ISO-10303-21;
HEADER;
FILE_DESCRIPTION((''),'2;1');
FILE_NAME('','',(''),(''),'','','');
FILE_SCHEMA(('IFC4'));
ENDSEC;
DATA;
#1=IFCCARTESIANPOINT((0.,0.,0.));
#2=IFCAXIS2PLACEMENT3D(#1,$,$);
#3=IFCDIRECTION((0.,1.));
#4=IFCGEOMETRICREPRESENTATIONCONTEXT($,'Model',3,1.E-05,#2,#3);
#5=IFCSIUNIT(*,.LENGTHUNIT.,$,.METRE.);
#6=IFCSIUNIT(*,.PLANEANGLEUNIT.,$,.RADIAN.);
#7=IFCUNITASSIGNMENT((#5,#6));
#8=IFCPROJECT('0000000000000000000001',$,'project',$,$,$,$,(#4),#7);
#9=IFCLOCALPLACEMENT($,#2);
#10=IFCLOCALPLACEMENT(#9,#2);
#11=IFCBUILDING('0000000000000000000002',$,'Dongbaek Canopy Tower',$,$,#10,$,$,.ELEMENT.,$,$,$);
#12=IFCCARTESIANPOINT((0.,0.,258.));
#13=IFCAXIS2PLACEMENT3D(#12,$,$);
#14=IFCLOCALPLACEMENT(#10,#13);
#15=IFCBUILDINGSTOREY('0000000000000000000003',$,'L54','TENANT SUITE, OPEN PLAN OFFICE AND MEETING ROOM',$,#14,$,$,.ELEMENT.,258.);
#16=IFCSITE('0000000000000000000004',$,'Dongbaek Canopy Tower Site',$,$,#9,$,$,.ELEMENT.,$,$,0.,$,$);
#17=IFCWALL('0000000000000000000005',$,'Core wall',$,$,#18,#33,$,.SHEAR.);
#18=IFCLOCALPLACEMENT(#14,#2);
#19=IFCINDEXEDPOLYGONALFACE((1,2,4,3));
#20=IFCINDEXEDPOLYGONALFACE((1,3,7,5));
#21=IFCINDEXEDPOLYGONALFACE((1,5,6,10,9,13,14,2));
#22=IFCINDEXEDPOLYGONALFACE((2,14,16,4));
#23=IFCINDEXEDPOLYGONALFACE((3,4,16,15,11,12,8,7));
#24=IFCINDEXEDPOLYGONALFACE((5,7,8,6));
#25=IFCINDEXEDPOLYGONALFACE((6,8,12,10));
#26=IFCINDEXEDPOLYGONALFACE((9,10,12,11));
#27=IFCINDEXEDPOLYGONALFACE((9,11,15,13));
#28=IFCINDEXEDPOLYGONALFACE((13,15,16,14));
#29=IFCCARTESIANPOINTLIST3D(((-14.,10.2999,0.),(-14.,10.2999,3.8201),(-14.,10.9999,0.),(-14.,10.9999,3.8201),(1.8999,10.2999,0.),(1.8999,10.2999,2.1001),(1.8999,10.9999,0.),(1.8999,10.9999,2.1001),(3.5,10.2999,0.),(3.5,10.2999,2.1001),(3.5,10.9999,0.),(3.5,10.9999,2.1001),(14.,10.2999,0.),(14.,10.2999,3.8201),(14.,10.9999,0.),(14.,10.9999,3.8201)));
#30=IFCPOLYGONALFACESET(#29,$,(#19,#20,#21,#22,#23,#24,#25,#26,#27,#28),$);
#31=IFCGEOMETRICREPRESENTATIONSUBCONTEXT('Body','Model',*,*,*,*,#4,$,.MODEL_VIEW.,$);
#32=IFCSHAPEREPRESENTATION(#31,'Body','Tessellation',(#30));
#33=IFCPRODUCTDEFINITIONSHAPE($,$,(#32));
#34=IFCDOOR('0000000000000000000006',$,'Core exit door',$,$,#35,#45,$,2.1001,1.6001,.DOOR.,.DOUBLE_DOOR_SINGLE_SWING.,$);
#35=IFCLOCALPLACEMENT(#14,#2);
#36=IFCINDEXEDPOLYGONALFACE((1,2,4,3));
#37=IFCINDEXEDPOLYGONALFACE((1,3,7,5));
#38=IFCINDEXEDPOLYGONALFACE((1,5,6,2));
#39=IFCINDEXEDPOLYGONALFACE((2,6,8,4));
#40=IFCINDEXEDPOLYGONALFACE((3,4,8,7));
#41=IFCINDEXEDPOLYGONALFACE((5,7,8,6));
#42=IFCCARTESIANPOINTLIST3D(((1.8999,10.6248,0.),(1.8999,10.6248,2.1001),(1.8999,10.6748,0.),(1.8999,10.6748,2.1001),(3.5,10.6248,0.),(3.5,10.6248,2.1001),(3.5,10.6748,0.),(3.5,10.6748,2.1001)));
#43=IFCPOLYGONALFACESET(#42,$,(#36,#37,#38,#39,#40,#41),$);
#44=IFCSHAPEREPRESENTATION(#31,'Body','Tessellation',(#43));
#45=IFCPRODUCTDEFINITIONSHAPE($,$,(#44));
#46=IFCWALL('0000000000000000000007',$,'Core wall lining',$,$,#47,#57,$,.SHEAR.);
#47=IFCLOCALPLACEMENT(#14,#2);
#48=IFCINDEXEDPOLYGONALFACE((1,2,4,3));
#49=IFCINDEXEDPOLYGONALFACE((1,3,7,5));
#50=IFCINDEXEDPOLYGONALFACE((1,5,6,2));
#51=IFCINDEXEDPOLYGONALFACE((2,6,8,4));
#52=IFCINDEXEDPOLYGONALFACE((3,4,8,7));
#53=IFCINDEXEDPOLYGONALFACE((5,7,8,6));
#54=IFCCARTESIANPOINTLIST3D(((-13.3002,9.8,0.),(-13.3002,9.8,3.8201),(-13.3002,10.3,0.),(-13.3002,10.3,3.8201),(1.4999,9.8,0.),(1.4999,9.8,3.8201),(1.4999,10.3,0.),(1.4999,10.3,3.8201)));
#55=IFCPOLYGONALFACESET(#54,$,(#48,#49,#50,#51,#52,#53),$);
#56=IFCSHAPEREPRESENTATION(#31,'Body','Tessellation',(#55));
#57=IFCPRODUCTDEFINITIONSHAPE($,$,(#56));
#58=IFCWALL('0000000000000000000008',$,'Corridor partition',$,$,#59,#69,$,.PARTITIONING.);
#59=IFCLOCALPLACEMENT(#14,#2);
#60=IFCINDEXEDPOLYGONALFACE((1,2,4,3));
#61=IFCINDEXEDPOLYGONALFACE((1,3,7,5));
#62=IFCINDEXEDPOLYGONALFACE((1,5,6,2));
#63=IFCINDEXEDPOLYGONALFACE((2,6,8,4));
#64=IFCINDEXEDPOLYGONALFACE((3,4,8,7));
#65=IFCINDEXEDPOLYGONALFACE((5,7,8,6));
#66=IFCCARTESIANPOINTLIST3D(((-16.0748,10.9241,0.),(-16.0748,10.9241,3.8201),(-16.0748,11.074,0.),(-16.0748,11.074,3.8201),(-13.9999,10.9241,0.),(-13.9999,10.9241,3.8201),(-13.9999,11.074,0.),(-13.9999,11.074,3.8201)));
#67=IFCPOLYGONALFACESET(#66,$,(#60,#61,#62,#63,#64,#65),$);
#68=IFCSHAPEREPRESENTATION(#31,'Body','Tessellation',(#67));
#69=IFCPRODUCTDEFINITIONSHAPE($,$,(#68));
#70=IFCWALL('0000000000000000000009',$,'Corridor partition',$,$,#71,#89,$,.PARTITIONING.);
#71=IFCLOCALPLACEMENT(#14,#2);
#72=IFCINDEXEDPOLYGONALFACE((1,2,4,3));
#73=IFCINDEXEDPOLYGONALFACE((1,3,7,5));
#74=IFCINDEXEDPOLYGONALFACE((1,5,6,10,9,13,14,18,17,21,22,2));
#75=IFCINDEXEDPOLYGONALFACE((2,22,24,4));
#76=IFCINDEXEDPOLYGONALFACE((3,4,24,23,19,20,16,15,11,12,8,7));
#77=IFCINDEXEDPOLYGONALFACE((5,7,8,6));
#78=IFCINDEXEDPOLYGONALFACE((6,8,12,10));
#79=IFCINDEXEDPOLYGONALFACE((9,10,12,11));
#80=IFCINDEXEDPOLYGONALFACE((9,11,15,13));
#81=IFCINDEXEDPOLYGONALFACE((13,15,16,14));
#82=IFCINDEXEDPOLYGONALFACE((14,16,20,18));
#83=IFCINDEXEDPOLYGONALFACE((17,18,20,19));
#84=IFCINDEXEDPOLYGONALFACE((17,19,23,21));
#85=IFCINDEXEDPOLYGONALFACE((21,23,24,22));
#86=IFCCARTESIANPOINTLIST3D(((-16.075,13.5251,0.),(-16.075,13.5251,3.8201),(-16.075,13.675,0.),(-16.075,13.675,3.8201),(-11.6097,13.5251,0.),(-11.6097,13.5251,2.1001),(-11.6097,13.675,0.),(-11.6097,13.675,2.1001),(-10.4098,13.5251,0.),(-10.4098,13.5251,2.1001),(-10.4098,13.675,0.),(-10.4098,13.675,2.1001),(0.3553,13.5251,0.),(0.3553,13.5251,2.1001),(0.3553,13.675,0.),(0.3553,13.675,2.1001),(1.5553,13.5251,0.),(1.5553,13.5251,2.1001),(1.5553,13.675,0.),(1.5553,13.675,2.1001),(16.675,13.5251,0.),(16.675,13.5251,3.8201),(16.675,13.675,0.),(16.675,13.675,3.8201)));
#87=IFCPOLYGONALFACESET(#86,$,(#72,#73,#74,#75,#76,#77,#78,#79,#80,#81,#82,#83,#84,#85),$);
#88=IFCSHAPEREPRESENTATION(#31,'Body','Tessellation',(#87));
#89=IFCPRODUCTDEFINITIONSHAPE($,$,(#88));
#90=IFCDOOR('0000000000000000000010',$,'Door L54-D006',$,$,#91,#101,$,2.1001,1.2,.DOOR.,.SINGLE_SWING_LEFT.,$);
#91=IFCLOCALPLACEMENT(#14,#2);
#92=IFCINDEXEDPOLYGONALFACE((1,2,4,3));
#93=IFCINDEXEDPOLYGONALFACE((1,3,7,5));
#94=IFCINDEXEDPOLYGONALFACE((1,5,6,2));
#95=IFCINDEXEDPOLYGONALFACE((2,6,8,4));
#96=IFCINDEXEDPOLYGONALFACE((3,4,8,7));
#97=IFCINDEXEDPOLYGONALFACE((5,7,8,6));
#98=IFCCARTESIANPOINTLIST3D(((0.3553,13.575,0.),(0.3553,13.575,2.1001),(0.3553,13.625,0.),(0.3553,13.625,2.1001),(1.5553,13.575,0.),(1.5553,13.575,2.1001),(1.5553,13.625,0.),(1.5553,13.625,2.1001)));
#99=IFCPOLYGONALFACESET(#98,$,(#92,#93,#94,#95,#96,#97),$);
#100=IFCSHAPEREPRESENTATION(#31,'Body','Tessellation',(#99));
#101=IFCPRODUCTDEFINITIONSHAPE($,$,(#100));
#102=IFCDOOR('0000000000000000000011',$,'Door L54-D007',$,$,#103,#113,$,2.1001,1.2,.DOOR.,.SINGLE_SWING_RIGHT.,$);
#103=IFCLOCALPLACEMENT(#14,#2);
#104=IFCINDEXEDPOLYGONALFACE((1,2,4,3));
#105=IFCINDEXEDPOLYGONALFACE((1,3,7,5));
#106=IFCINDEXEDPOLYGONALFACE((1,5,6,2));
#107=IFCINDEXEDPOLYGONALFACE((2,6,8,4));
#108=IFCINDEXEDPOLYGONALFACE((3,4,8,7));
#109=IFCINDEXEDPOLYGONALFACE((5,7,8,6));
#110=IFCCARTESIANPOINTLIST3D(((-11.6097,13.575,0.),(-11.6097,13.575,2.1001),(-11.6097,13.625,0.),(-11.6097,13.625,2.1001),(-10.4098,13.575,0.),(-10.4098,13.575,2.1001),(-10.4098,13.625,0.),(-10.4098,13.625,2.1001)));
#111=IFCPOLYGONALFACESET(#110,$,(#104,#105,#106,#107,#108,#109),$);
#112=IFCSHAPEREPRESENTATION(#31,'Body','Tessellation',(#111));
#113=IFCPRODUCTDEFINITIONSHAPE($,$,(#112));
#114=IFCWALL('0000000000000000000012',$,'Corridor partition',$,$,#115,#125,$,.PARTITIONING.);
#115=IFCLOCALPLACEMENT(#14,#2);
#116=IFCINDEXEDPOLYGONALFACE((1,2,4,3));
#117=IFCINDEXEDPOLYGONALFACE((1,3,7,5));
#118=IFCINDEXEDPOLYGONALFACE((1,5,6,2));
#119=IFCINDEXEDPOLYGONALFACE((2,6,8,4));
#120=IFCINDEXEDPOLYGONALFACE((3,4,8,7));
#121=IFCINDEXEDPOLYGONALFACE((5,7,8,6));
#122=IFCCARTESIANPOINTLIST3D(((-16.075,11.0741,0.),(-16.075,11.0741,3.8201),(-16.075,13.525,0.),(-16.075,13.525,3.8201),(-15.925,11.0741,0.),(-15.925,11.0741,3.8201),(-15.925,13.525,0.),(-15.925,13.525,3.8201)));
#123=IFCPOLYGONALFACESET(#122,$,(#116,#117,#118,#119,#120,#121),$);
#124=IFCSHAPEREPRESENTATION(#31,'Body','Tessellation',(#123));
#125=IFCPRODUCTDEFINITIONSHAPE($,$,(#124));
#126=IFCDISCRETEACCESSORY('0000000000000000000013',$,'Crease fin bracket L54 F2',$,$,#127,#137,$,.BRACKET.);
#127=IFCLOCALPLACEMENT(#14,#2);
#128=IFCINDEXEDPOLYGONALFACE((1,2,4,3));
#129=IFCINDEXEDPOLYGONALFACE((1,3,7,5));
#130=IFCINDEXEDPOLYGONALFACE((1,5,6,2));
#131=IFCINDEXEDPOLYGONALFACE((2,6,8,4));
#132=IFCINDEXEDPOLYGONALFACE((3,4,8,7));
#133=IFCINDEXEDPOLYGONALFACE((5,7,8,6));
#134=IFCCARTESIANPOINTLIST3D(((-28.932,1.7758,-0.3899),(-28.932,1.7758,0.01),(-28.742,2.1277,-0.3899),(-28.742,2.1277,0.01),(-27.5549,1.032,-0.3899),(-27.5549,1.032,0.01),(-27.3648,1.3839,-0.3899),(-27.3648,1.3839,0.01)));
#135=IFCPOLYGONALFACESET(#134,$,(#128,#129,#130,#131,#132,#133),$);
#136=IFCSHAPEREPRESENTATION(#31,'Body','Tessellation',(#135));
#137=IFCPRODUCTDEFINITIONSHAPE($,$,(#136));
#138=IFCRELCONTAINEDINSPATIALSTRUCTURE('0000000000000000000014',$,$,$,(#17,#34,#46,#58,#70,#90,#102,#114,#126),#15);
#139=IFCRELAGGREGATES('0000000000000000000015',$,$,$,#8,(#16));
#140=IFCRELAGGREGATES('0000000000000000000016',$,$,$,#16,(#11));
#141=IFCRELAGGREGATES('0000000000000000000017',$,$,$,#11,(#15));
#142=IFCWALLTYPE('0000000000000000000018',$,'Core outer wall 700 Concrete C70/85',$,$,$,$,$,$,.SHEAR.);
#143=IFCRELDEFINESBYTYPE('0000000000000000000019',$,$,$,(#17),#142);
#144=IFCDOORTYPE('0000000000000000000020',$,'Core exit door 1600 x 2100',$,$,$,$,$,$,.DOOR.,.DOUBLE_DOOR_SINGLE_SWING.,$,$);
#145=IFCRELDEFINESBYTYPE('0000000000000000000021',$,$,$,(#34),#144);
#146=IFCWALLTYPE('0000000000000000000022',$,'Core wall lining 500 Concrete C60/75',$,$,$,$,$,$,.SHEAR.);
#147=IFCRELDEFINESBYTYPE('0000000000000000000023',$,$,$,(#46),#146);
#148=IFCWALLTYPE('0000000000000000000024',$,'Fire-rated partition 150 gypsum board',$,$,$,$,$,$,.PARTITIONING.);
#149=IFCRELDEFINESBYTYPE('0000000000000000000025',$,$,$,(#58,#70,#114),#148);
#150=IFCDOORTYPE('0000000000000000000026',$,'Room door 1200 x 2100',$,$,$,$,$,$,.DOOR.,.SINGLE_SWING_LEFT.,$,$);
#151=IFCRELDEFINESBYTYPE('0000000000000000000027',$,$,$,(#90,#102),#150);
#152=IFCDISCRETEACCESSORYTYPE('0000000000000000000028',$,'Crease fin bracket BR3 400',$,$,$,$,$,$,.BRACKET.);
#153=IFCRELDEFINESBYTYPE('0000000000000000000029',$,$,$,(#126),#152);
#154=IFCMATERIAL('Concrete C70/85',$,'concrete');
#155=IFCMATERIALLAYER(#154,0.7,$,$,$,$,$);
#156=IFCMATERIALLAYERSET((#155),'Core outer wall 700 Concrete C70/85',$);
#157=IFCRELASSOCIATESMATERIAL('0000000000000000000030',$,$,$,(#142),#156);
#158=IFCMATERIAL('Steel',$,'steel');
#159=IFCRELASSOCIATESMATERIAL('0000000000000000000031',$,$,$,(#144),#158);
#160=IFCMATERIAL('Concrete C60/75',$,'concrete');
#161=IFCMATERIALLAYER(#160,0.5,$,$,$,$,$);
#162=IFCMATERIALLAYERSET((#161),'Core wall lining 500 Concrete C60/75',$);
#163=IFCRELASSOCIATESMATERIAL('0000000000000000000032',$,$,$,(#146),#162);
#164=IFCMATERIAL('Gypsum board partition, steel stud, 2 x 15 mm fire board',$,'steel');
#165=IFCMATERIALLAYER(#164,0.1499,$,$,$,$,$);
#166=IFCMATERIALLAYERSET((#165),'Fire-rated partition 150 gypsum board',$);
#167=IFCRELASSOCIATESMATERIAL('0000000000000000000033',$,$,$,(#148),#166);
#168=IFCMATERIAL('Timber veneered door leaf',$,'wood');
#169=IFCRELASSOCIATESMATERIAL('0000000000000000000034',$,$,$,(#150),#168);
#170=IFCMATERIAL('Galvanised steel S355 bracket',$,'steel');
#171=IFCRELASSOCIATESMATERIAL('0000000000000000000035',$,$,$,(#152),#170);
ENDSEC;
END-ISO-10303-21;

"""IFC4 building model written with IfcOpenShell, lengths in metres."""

from ifc_helpers import new_model, si_unit, direction, frame, frame_2d, origin, origin_2d, place, context, subcontext, project, spatial, rectangle, extrude, material, layer, layer_set, type_object, element, fill, save


model = new_model("IFC4")

# Units and contexts
model_context = context("Model", 3, precision=1e-05, world=origin(), true_north=direction((0.0, 1.0)))
body_context = subcontext(model_context, "Body", "Model", "MODEL_VIEW")
ifc_project = project(units=[si_unit("LENGTHUNIT", "METRE"), si_unit("PLANEANGLEUNIT", "RADIAN")], contexts=[model_context])

# Site, building, storey
site_placement = place(None, origin())
site = spatial("IfcSite", under=ifc_project, at=site_placement, Name="Dongbaek Canopy Tower Site", CompositionType="ELEMENT", RefElevation=0.0)
building_placement = place(site_placement, origin())
building = spatial("IfcBuilding", under=site, at=building_placement, Name="Dongbaek Canopy Tower", CompositionType="ELEMENT")
storey_placement = place(building_placement, frame((0.0, 0.0, 258.0)))
storey = spatial("IfcBuildingStorey", under=building, at=storey_placement, Name="L54", Description="TENANT SUITE, OPEN PLAN OFFICE AND MEETING ROOM", CompositionType="ELEMENT", Elevation=258.0)

# Wall, opening, door
ifc_material_1 = material(Name="Concrete C70/85", Category="concrete")
ifc_layer_1 = layer(ifc_material_1, 0.7)
ifc_layer_set_1 = layer_set([ifc_layer_1], Name="Core outer wall 700 Concrete C70/85")
wall_type_1 = type_object("IfcWallType", Name="Core outer wall 700 Concrete C70/85", PredefinedType="SHEAR", material=ifc_layer_set_1)
wall_1_placement = place(storey_placement, frame((-14.0, 10.6499, 0.0), z_axis=(0.0, 0.0, 1.0), x_axis=(1.0, 0.0, 0.0)))
wall_1 = element("IfcWall", 1, at=wall_1_placement, inside=storey, type_object=wall_type_1, Name="Core wall", PredefinedType="SHEAR", context=body_context, shape_type="SweptSolid", body=[
    extrude(rectangle(XDim=28.0, YDim=0.7, at=frame_2d((14.0, 0.0))), origin(), (0.0, 0.0, 1.0), 3.8201),
])
opening_1_placement = place(wall_1_placement, frame((15.8999, 0.0, 0.0)))
opening_1 = element("IfcOpeningElement", 2, at=opening_1_placement, cuts=wall_1, PredefinedType="OPENING", context=body_context, shape_type="SweptSolid", body=[
    extrude(rectangle(XDim=1.6001, YDim=2.1001, at=frame_2d((0.8, 1.05))), frame((0.0, 0.3599, 0.0), z_axis=(0.0, -1.0, 0.0), x_axis=(1.0, 0.0, 0.0)), (0.0, 0.0, 1.0), 0.72),
])
ifc_material_2 = material(Name="Steel", Category="steel")
door_type_1 = type_object("IfcDoorType", Name="Core exit door 1600 x 2100", OperationType="DOUBLE_DOOR_SINGLE_SWING", PredefinedType="DOOR", material=ifc_material_2)
door_1_placement = place(opening_1_placement, origin())
door_1 = element("IfcDoor", 3, at=door_1_placement, inside=storey, type_object=door_type_1, Name="Core exit door", OperationType="DOUBLE_DOOR_SINGLE_SWING", OverallHeight=2.1001, OverallWidth=1.6001, PredefinedType="DOOR", context=body_context, shape_type="SweptSolid", body=[
    extrude(rectangle(XDim=1.6001, YDim=2.1001, at=frame_2d((0.8, 1.05))), frame((0.0, 0.0249, 0.0), z_axis=(0.0, -1.0, 0.0), x_axis=(1.0, 0.0, 0.0)), (0.0, 0.0, 1.0), 0.05),
])
fill(opening_1, door_1)

# Walls
ifc_material_3 = material(Name="Concrete C60/75", Category="concrete")
ifc_layer_2 = layer(ifc_material_3, 0.5)
ifc_layer_set_2 = layer_set([ifc_layer_2], Name="Core wall lining 500 Concrete C60/75")
wall_type_2 = type_object("IfcWallType", Name="Core wall lining 500 Concrete C60/75", PredefinedType="SHEAR", material=ifc_layer_set_2)
wall_2_placement = place(storey_placement, frame((-13.3, 10.05, 0.0), z_axis=(0.0, 0.0, 1.0), x_axis=(1.0, 0.0, 0.0)))
element("IfcWall", 4, at=wall_2_placement, inside=storey, type_object=wall_type_2, Name="Core wall lining", PredefinedType="SHEAR", context=body_context, shape_type="SweptSolid", body=[
    extrude(rectangle(XDim=14.8, YDim=0.5, at=frame_2d((7.3999, 0.0))), origin(), (0.0, 0.0, 1.0), 3.8201),
])
ifc_material_4 = material(Name="Gypsum board partition, steel stud, 2 x 15 mm fire board", Category="steel")
ifc_layer_3 = layer(ifc_material_4, 0.1499)
ifc_layer_set_3 = layer_set([ifc_layer_3], Name="Fire-rated partition 150 gypsum board")
wall_type_3 = type_object("IfcWallType", Name="Fire-rated partition 150 gypsum board", PredefinedType="PARTITIONING", material=ifc_layer_set_3)
wall_3_placement = place(storey_placement, frame((-16.075, 10.999, 0.0), z_axis=(0.0, 0.0, 1.0), x_axis=(1.0, 0.0, 0.0)))
element("IfcWall", 5, at=wall_3_placement, inside=storey, type_object=wall_type_3, Name="Corridor partition", PredefinedType="PARTITIONING", context=body_context, shape_type="SweptSolid", body=[
    extrude(rectangle(XDim=2.075, YDim=0.1499, at=frame_2d((1.0376, 0.0))), origin(), (0.0, 0.0, 1.0), 3.8201),
])

# Wall, openings, doors
wall_4_placement = place(storey_placement, frame((-16.075, 13.6001, 0.0), z_axis=(0.0, 0.0, 1.0), x_axis=(1.0, 0.0, 0.0)))
wall_4 = element("IfcWall", 6, at=wall_4_placement, inside=storey, type_object=wall_type_3, Name="Corridor partition", PredefinedType="PARTITIONING", context=body_context, shape_type="SweptSolid", body=[
    extrude(rectangle(XDim=32.75, YDim=0.1499, at=frame_2d((16.375, 0.0))), origin(), (0.0, 0.0, 1.0), 3.8201),
])
opening_2_placement = place(wall_4_placement, frame((16.4302, 0.0, 0.0)))
opening_2 = element("IfcOpeningElement", 7, at=opening_2_placement, cuts=wall_4, PredefinedType="OPENING", context=body_context, shape_type="SweptSolid", body=[
    extrude(rectangle(XDim=1.2, YDim=2.1001, at=frame_2d((0.6001, 1.05))), frame((0.0, 0.085, 0.0), z_axis=(0.0, -1.0, 0.0), x_axis=(1.0, 0.0, 0.0)), (0.0, 0.0, 1.0), 0.1699),
])
opening_3_placement = place(wall_4_placement, frame((4.4651, 0.0, 0.0)))
opening_3 = element("IfcOpeningElement", 8, at=opening_3_placement, cuts=wall_4, PredefinedType="OPENING", context=body_context, shape_type="SweptSolid", body=[
    extrude(rectangle(XDim=1.2, YDim=2.1001, at=frame_2d((0.6001, 1.05))), frame((0.0, 0.085, 0.0), z_axis=(0.0, -1.0, 0.0), x_axis=(1.0, 0.0, 0.0)), (0.0, 0.0, 1.0), 0.1699),
])
ifc_material_5 = material(Name="Timber veneered door leaf", Category="wood")
door_type_2 = type_object("IfcDoorType", Name="Room door 1200 x 2100", OperationType="SINGLE_SWING_LEFT", PredefinedType="DOOR", material=ifc_material_5)
door_2_placement = place(opening_2_placement, origin())
door_2 = element("IfcDoor", 9, at=door_2_placement, inside=storey, type_object=door_type_2, Name="Door L54-D006", OperationType="SINGLE_SWING_LEFT", OverallHeight=2.1001, OverallWidth=1.2, PredefinedType="DOOR", context=body_context, shape_type="SweptSolid", body=[
    extrude(rectangle(XDim=1.2, YDim=2.1001, at=frame_2d((0.6001, 1.05))), frame((0.0, 0.0249, 0.0), z_axis=(0.0, -1.0, 0.0), x_axis=(1.0, 0.0, 0.0)), (0.0, 0.0, 1.0), 0.05),
])
fill(opening_2, door_2)
door_3_placement = place(opening_3_placement, origin())
door_3 = element("IfcDoor", 10, at=door_3_placement, inside=storey, type_object=door_type_2, Name="Door L54-D007", OperationType="SINGLE_SWING_RIGHT", OverallHeight=2.1001, OverallWidth=1.2, PredefinedType="DOOR", context=body_context, shape_type="SweptSolid", body=[
    extrude(rectangle(XDim=1.2, YDim=2.1001, at=frame_2d((0.6001, 1.05))), frame((0.0, 0.0249, 0.0), z_axis=(0.0, -1.0, 0.0), x_axis=(1.0, 0.0, 0.0)), (0.0, 0.0, 1.0), 0.05),
])
fill(opening_3, door_3)

# Wall
wall_5_placement = place(storey_placement, frame((-16.0, 11.074, 0.0), z_axis=(0.0, 0.0, 1.0), x_axis=(0.0, 1.0, 0.0)))
element("IfcWall", 11, at=wall_5_placement, inside=storey, type_object=wall_type_3, Name="Corridor partition", PredefinedType="PARTITIONING", context=body_context, shape_type="SweptSolid", body=[
    extrude(rectangle(XDim=2.4509, YDim=0.1499, at=frame_2d((1.2256, 0.0))), origin(), (0.0, 0.0, 1.0), 3.8201),
])

# Discrete accessory
ifc_material_6 = material(Name="Galvanised steel S355 bracket", Category="steel")
discrete_accessory_type = type_object("IfcDiscreteAccessoryType", Name="Crease fin bracket BR3 400", PredefinedType="BRACKET", material=ifc_material_6)
discrete_accessory_placement = place(storey_placement, frame((-28.1484, 1.5798, -0.3899), z_axis=(0.0, 0.0, 1.0), x_axis=(-0.879877, 0.475202, 0.0)))
element("IfcDiscreteAccessory", 12, at=discrete_accessory_placement, inside=storey, type_object=discrete_accessory_type, Name="Crease fin bracket L54 F2", PredefinedType="BRACKET", context=body_context, shape_type="SweptSolid", body=[
    extrude(rectangle(XDim=1.5652, YDim=0.3999, at=origin_2d()), origin(), (0.0, 0.0, 1.0), 0.3999),
])

save(model, "model.ifc")
